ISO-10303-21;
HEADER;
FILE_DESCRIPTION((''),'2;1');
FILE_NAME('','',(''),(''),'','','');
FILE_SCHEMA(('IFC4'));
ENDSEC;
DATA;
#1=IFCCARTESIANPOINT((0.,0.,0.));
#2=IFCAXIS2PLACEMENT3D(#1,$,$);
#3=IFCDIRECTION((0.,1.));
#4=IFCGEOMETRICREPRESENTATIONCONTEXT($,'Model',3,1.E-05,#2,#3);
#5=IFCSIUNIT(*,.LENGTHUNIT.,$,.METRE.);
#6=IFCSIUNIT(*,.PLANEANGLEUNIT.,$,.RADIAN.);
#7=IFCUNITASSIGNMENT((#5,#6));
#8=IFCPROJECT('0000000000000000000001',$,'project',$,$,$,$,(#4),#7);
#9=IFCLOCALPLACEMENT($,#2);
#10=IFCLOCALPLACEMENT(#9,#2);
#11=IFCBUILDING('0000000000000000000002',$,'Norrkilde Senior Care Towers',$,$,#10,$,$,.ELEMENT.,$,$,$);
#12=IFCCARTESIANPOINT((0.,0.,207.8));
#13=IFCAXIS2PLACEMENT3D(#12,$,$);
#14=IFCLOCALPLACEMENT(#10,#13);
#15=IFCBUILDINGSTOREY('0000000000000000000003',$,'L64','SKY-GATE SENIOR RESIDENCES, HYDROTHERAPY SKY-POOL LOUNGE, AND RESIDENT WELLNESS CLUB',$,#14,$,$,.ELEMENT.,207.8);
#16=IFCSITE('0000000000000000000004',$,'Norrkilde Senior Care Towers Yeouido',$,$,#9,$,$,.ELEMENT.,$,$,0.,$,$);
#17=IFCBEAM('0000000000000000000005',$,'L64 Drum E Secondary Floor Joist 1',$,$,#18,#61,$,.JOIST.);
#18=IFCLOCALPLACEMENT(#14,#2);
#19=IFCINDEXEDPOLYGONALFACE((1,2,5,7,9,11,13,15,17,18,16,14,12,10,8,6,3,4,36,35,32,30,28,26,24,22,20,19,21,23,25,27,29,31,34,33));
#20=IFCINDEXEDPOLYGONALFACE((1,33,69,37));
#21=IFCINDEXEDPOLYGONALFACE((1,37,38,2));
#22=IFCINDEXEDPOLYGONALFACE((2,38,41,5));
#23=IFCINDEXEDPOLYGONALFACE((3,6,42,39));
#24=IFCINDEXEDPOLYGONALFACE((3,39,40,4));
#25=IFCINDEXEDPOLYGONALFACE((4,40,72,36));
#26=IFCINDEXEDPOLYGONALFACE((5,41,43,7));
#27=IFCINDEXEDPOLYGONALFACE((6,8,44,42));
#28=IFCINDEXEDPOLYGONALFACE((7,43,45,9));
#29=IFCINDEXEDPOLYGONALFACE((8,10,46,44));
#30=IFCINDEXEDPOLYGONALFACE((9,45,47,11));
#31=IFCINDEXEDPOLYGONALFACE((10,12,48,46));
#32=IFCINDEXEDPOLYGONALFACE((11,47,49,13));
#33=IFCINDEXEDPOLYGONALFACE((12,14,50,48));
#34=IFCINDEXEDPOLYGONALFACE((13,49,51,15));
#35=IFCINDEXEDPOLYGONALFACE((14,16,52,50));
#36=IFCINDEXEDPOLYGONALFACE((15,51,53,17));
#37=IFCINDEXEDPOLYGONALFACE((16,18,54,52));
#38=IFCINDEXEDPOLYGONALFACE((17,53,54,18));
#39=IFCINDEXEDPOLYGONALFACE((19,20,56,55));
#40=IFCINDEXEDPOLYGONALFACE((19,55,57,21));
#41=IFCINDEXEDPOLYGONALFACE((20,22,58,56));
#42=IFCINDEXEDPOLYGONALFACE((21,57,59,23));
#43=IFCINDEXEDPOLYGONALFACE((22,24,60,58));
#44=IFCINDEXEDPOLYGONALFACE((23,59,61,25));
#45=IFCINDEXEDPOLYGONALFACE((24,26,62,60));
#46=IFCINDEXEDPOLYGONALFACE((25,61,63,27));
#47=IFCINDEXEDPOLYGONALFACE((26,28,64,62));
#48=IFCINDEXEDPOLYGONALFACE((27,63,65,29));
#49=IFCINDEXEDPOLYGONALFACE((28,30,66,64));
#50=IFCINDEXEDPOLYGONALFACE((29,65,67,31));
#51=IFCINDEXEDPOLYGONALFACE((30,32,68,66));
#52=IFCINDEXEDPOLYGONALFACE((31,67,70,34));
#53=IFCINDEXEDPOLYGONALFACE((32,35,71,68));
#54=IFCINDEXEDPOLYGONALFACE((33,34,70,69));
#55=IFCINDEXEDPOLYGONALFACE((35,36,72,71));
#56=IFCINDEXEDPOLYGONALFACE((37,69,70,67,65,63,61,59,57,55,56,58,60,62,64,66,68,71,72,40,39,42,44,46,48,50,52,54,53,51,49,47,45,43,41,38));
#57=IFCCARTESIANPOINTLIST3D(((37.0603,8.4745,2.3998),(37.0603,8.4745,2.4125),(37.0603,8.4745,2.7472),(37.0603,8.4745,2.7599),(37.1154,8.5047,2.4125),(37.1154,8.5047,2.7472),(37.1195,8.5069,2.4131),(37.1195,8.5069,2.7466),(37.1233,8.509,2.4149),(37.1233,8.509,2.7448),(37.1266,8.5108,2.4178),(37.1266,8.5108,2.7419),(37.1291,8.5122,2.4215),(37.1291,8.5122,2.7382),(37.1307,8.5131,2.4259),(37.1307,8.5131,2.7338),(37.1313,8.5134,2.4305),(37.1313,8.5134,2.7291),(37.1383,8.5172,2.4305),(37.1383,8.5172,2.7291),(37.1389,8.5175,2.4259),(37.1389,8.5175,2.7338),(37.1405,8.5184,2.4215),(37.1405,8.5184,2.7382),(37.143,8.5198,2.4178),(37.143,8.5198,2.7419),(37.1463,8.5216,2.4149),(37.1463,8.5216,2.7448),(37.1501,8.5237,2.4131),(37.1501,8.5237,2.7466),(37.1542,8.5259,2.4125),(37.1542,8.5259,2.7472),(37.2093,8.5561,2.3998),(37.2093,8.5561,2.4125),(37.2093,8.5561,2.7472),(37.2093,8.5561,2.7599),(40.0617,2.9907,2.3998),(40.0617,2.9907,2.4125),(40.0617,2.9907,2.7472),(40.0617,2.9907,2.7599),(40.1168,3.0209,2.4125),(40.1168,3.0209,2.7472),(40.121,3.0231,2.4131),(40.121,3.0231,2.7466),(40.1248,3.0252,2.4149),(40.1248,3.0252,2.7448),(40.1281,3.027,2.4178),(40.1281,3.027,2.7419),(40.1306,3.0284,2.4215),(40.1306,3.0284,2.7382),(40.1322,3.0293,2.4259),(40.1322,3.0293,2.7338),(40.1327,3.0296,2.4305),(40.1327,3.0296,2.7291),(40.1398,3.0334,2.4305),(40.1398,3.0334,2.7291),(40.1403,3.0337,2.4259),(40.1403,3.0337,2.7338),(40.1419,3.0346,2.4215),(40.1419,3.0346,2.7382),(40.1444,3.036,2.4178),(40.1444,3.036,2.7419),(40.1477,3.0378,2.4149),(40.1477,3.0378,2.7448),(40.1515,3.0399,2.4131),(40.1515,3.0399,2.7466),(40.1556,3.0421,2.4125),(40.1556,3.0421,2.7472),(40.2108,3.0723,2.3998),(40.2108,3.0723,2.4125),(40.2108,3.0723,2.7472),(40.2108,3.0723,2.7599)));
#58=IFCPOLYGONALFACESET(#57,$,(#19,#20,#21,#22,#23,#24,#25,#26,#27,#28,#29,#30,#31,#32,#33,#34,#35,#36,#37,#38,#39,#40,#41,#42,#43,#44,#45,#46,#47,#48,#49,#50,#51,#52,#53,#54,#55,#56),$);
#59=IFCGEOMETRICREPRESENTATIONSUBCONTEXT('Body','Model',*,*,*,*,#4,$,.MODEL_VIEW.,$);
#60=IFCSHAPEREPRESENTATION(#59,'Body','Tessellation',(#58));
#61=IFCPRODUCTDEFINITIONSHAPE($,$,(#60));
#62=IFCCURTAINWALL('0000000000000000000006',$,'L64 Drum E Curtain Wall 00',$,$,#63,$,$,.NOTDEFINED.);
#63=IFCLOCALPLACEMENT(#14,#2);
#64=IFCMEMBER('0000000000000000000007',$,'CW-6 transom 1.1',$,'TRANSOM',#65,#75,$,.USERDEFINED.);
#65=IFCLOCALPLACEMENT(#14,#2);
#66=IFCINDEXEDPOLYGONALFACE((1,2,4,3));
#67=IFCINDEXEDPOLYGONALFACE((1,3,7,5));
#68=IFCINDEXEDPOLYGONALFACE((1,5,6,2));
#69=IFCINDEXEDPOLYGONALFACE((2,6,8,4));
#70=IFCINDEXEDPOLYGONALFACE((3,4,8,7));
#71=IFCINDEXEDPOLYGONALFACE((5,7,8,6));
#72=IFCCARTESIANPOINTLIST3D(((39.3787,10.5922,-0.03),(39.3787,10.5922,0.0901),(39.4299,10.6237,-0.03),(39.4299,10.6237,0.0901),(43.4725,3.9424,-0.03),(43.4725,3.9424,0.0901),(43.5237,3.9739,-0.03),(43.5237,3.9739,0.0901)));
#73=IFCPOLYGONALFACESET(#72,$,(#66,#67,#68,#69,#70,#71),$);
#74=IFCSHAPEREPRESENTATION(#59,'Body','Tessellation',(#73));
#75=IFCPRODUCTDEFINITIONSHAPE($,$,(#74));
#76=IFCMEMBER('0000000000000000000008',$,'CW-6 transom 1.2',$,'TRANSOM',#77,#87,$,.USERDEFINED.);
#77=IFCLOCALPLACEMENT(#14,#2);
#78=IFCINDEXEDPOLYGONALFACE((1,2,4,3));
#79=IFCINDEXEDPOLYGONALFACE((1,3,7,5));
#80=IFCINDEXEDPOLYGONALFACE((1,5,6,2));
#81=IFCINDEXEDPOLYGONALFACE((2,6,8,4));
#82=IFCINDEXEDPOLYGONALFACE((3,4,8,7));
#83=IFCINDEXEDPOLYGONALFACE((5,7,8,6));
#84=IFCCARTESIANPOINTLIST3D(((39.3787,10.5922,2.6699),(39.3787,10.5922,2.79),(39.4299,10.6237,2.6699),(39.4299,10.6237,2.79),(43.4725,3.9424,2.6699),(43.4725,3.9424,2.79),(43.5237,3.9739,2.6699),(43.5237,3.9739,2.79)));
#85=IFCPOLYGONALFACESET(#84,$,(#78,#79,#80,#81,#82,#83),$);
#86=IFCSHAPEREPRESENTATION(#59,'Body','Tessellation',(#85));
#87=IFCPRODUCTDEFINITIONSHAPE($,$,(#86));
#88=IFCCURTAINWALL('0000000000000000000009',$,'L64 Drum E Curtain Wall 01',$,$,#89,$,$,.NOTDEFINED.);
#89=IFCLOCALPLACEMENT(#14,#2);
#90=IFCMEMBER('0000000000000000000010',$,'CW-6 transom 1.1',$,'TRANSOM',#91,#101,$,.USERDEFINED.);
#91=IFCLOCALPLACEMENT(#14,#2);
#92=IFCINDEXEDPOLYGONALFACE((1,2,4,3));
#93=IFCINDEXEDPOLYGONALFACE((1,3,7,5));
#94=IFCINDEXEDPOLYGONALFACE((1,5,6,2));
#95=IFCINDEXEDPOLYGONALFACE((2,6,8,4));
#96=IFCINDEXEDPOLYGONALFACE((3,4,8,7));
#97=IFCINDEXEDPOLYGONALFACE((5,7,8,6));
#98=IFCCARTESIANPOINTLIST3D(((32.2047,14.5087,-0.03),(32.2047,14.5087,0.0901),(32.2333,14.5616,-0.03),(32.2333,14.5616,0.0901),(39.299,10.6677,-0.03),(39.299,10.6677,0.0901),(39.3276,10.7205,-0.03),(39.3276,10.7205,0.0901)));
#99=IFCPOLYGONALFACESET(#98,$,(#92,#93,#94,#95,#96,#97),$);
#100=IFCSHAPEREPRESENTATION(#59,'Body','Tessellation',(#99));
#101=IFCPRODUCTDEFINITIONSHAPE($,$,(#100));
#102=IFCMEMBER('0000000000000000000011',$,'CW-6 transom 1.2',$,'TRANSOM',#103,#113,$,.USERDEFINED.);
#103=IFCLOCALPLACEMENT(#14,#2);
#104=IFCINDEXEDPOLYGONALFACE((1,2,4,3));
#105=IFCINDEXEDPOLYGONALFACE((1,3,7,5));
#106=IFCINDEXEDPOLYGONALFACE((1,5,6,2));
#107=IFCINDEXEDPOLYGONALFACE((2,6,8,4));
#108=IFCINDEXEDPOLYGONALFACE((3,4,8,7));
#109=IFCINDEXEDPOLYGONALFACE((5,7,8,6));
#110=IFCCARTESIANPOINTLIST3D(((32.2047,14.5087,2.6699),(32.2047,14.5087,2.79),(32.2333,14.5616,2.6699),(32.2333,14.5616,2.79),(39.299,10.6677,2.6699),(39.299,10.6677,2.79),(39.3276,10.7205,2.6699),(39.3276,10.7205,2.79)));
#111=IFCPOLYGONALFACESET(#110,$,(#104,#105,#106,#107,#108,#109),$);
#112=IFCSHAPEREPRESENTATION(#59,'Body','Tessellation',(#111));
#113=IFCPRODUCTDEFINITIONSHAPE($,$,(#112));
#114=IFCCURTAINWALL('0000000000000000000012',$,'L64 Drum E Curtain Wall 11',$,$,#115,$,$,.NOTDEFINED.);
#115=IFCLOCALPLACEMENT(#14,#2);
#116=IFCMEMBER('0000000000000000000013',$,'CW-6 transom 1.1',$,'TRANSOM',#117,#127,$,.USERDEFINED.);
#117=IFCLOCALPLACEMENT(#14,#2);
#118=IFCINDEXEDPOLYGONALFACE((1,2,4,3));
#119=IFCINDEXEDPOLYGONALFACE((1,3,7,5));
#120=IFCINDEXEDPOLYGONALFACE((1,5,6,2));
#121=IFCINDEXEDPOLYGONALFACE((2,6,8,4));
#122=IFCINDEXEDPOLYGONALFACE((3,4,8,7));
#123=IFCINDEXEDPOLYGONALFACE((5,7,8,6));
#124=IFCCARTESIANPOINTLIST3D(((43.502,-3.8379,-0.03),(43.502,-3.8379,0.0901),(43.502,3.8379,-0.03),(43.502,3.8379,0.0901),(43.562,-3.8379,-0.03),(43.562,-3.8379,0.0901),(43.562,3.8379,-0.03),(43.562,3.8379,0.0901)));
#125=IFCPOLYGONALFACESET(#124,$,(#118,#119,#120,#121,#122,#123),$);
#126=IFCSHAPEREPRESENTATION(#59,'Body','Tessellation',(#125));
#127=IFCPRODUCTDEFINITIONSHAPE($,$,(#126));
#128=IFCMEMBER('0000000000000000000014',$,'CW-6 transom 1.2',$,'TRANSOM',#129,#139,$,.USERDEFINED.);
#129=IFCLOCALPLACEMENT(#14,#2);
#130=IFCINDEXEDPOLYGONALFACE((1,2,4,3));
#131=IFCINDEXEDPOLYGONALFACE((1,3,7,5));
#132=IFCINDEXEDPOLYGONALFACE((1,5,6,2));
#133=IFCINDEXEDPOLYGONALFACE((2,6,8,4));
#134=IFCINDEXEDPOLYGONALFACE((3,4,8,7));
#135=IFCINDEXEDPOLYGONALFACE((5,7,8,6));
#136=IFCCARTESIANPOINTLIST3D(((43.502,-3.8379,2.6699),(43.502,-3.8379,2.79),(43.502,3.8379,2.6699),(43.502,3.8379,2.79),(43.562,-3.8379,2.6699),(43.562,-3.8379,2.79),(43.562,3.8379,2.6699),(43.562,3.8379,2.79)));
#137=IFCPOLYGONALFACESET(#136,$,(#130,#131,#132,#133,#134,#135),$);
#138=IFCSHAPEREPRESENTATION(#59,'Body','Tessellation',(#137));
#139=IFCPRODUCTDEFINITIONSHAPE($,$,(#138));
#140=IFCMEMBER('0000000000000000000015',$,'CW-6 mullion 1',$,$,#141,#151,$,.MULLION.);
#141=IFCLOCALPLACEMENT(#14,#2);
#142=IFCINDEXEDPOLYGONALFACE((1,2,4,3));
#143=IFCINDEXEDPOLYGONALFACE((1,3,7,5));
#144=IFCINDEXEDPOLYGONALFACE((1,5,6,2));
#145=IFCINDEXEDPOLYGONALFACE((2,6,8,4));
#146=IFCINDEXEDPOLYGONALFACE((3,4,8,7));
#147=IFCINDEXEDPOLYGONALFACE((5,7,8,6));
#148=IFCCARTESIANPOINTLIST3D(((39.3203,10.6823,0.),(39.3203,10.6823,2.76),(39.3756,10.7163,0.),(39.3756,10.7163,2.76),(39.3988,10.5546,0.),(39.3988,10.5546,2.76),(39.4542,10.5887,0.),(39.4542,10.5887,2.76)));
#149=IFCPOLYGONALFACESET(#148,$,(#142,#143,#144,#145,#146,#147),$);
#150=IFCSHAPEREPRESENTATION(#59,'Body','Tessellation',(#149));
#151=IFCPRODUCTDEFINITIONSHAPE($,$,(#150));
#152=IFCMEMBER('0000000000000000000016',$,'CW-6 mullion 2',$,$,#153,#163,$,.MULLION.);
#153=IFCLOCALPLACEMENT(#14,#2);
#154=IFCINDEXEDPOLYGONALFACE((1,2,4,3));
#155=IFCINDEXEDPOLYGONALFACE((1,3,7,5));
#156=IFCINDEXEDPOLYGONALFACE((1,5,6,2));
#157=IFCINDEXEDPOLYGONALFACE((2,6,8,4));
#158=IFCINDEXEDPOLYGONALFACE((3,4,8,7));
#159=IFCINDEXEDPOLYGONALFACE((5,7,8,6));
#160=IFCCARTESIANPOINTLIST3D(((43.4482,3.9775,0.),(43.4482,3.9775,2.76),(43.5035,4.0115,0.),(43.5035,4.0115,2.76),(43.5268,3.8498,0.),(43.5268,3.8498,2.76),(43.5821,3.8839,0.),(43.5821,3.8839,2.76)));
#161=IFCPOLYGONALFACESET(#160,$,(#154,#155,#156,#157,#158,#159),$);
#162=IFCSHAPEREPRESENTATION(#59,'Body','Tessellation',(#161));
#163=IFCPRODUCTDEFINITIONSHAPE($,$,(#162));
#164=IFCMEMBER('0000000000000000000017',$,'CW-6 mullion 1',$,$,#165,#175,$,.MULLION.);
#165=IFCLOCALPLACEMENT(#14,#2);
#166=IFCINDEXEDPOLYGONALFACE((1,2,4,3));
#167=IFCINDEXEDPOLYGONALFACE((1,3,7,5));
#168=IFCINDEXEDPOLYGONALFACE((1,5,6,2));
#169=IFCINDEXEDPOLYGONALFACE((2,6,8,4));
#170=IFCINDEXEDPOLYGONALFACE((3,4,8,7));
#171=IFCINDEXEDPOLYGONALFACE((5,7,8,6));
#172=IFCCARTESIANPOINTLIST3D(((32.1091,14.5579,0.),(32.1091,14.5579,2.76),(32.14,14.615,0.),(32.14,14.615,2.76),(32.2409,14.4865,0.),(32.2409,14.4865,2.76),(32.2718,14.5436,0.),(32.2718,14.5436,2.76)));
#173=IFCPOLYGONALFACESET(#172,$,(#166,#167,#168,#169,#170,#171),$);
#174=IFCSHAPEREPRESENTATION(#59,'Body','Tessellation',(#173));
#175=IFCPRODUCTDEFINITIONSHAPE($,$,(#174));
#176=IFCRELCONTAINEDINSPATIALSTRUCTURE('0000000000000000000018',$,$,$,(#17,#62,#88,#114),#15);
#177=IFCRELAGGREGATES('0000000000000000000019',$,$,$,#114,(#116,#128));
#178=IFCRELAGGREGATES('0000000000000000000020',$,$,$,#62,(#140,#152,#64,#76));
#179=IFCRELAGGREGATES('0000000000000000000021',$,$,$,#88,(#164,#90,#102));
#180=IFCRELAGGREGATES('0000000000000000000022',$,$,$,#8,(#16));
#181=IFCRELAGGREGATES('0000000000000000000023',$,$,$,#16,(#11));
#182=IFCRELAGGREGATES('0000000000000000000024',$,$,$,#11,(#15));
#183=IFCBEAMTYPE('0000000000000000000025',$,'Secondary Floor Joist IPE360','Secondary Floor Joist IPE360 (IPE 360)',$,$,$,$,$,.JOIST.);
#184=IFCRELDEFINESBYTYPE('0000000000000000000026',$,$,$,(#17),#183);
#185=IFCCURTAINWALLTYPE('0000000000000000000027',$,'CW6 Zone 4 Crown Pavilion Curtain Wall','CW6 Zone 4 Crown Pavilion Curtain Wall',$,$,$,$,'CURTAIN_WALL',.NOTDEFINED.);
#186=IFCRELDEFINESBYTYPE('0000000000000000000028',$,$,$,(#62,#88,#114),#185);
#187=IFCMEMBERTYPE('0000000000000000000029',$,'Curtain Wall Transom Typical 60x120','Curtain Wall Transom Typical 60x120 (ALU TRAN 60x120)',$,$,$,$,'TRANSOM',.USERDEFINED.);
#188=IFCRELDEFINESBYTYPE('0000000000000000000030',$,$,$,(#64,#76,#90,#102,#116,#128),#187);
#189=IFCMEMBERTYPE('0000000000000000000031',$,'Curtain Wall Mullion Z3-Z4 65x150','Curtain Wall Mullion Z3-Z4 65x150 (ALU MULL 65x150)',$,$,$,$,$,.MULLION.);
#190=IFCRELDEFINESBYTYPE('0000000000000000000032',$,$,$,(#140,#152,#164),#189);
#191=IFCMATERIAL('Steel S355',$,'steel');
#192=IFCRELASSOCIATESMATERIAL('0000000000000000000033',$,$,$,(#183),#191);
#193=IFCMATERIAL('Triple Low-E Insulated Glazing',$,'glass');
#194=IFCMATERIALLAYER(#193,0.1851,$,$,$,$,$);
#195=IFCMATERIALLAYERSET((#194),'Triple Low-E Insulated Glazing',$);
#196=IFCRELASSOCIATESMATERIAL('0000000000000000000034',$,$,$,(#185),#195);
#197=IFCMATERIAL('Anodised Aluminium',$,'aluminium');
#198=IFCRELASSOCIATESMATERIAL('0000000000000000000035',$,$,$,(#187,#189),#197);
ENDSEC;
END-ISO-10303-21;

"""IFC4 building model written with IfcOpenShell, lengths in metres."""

from ifc_helpers import new_model, si_unit, direction, frame, origin, origin_2d, place, context, subcontext, project, spatial, rectangle, i_section, extrude, source, transform, mapped, material, layer, layer_set, material_profile, profile_set, type_object, type_shapes, element, aggregate, save


model = new_model("IFC4")

# Units and contexts
model_context = context("Model", 3, precision=1e-05, world=origin(), true_north=direction((0.0, 1.0)))
body_context = subcontext(model_context, "Body", "Model", "MODEL_VIEW")
ifc_project = project(units=[si_unit("LENGTHUNIT", "METRE"), si_unit("PLANEANGLEUNIT", "RADIAN")], contexts=[model_context])

# Site, building, storey
site_placement = place(None, origin())
site = spatial("IfcSite", under=ifc_project, at=site_placement, Name="Norrkilde Senior Care Towers Yeouido", CompositionType="ELEMENT", RefElevation=0.0)
building_placement = place(site_placement, origin())
building = spatial("IfcBuilding", under=site, at=building_placement, Name="Norrkilde Senior Care Towers", CompositionType="ELEMENT")
storey_placement = place(building_placement, frame((0.0, 0.0, 207.8)))
storey = spatial("IfcBuildingStorey", under=building, at=storey_placement, Name="L64", Description="SKY-GATE SENIOR RESIDENCES, HYDROTHERAPY SKY-POOL LOUNGE, AND RESIDENT WELLNESS CLUB", CompositionType="ELEMENT", Elevation=207.8)

# Beam
ifc_material_1 = material(Name="Steel S355", Category="steel")
ifc_material_profile_1 = material_profile(ifc_material_1, i_section(OverallWidth=0.1699, OverallDepth=0.3601, WebThickness=0.0081, FlangeThickness=0.0127, FilletRadius=0.0181, at=origin_2d()), Name="IPE 360")
ifc_profile_set_1 = profile_set([ifc_material_profile_1], Name="Steel S355")
beam_type_1 = type_object("IfcBeamType", Name="Secondary Floor Joist IPE360", Description="Secondary Floor Joist IPE360 (IPE 360)", PredefinedType="JOIST", material=ifc_profile_set_1)
shared_shape_1 = source(origin(), body_context, "Body", "SweptSolid", [
    extrude(i_section(OverallWidth=0.1699, OverallDepth=0.3601, WebThickness=0.0081, FlangeThickness=0.0127, FilletRadius=0.0181, at=origin_2d()), origin(), (0.0, 0.0, 1.0), 6.2515),
])
type_shapes(beam_type_1, [shared_shape_1])
beam_1_placement = place(storey_placement, frame((40.1362, 3.0315, 2.5798), z_axis=(-0.480116, 0.877205, 0.0), x_axis=(-0.877205, -0.480116, 0.0)))
element("IfcBeam", 1, at=beam_1_placement, inside=storey, type_object=beam_type_1, Name="L64 Drum E Secondary Floor Joist 1", PredefinedType="JOIST", context=body_context, shape_type="MappedRepresentation", body=[
    mapped(shared_shape_1, transform((0.0, 0.0, 0.0), x_axis=(1.0, 0.0, 0.0), y_axis=(0.0, 1.0, 0.0), z_axis=(0.0, 0.0, 1.0), scale=1.0)),
])

# Curtain walls, members
ifc_material_2 = material(Name="Triple Low-E Insulated Glazing", Category="glass")
ifc_layer_1 = layer(ifc_material_2, 0.1851)
ifc_layer_set_1 = layer_set([ifc_layer_1], Name="Triple Low-E Insulated Glazing")
curtain_wall_type = type_object("IfcCurtainWallType", Name="CW6 Zone 4 Crown Pavilion Curtain Wall", Description="CW6 Zone 4 Crown Pavilion Curtain Wall", ElementType="CURTAIN_WALL", PredefinedType="NOTDEFINED", material=ifc_layer_set_1)
curtain_wall_1_placement = place(storey_placement, origin())
curtain_wall_1 = element("IfcCurtainWall", 2, at=curtain_wall_1_placement, inside=storey, type_object=curtain_wall_type, Name="L64 Drum E Curtain Wall 00", PredefinedType="NOTDEFINED")
ifc_material_3 = material(Name="Anodised Aluminium", Category="aluminium")
ifc_material_profile_2 = material_profile(ifc_material_3, rectangle(XDim=0.0601, YDim=0.1201, at=origin_2d()), Name="ALU TRAN 60x120")
ifc_profile_set_2 = profile_set([ifc_material_profile_2], Name="Anodised Aluminium")
member_type_1 = type_object("IfcMemberType", Name="Curtain Wall Transom Typical 60x120", Description="Curtain Wall Transom Typical 60x120 (ALU TRAN 60x120)", ElementType="TRANSOM", PredefinedType="USERDEFINED", material=ifc_profile_set_2)
shared_shape_2 = source(origin(), body_context, "Body", "SweptSolid", [
    extrude(rectangle(XDim=0.0601, YDim=0.1201, at=origin_2d()), origin(), (0.0, 0.0, 1.0), 7.8088),
])
member_1_placement = place(storey_placement, frame((39.4043, 10.6079, 0.03), z_axis=(0.524251, -0.851564, 0.0), x_axis=(0.851564, 0.524251, 0.0)))
member_1 = element("IfcMember", 3, at=member_1_placement, type_object=member_type_1, Name="CW-6 transom 1.1", ObjectType="TRANSOM", PredefinedType="USERDEFINED", context=body_context, shape_type="MappedRepresentation", body=[
    mapped(shared_shape_2, transform((0.0, 0.0, 0.0), x_axis=(1.0, 0.0, 0.0), y_axis=(0.0, 1.0, 0.0), z_axis=(0.0, 0.0, 1.0), scale=1.0)),
])
member_2_placement = place(storey_placement, frame((39.4043, 10.6079, 2.73), z_axis=(0.524251, -0.851564, 0.0), x_axis=(0.851564, 0.524251, 0.0)))
member_2 = element("IfcMember", 4, at=member_2_placement, type_object=member_type_1, Name="CW-6 transom 1.2", ObjectType="TRANSOM", PredefinedType="USERDEFINED", context=body_context, shape_type="MappedRepresentation", body=[
    mapped(shared_shape_2, transform((0.0, 0.0, 0.0), x_axis=(1.0, 0.0, 0.0), y_axis=(0.0, 1.0, 0.0), z_axis=(0.0, 0.0, 1.0), scale=1.0)),
])
curtain_wall_2_placement = place(storey_placement, origin())
curtain_wall_2 = element("IfcCurtainWall", 5, at=curtain_wall_2_placement, inside=storey, type_object=curtain_wall_type, Name="L64 Drum E Curtain Wall 01", PredefinedType="NOTDEFINED")
shared_shape_3 = source(origin(), body_context, "Body", "SweptSolid", [
    extrude(rectangle(XDim=0.0601, YDim=0.1201, at=origin_2d()), origin(), (0.0, 0.0, 1.0), 8.0674),
])
member_3_placement = place(storey_placement, frame((32.219, 14.5352, 0.03), z_axis=(0.879378, -0.476125, 0.0), x_axis=(0.476125, 0.879378, 0.0)))
member_3 = element("IfcMember", 6, at=member_3_placement, type_object=member_type_1, Name="CW-6 transom 1.1", ObjectType="TRANSOM", PredefinedType="USERDEFINED", context=body_context, shape_type="MappedRepresentation", body=[
    mapped(shared_shape_3, transform((0.0, 0.0, 0.0), x_axis=(1.0, 0.0, 0.0), y_axis=(0.0, 1.0, 0.0), z_axis=(0.0, 0.0, 1.0), scale=1.0)),
])
member_4_placement = place(storey_placement, frame((32.219, 14.5352, 2.73), z_axis=(0.879378, -0.476125, 0.0), x_axis=(0.476125, 0.879378, 0.0)))
member_4 = element("IfcMember", 7, at=member_4_placement, type_object=member_type_1, Name="CW-6 transom 1.2", ObjectType="TRANSOM", PredefinedType="USERDEFINED", context=body_context, shape_type="MappedRepresentation", body=[
    mapped(shared_shape_3, transform((0.0, 0.0, 0.0), x_axis=(1.0, 0.0, 0.0), y_axis=(0.0, 1.0, 0.0), z_axis=(0.0, 0.0, 1.0), scale=1.0)),
])
curtain_wall_3_placement = place(storey_placement, origin())
curtain_wall_3 = element("IfcCurtainWall", 8, at=curtain_wall_3_placement, inside=storey, type_object=curtain_wall_type, Name="L64 Drum E Curtain Wall 11", PredefinedType="NOTDEFINED")
shared_shape_4 = source(origin(), body_context, "Body", "SweptSolid", [
    extrude(rectangle(XDim=0.0601, YDim=0.1201, at=origin_2d()), origin(), (0.0, 0.0, 1.0), 7.6758),
])
type_shapes(member_type_1, [shared_shape_2, shared_shape_3, shared_shape_4])
member_5_placement = place(storey_placement, frame((43.532, 3.8379, 0.03), z_axis=(0.0, -1.0, 0.0), x_axis=(1.0, 0.0, 0.0)))
member_5 = element("IfcMember", 9, at=member_5_placement, type_object=member_type_1, Name="CW-6 transom 1.1", ObjectType="TRANSOM", PredefinedType="USERDEFINED", context=body_context, shape_type="MappedRepresentation", body=[
    mapped(shared_shape_4, transform((0.0, 0.0, 0.0), x_axis=(1.0, 0.0, 0.0), y_axis=(0.0, 1.0, 0.0), z_axis=(0.0, 0.0, 1.0), scale=1.0)),
])
member_6_placement = place(storey_placement, frame((43.532, 3.8379, 2.73), z_axis=(0.0, -1.0, 0.0), x_axis=(1.0, 0.0, 0.0)))
member_6 = element("IfcMember", 10, at=member_6_placement, type_object=member_type_1, Name="CW-6 transom 1.2", ObjectType="TRANSOM", PredefinedType="USERDEFINED", context=body_context, shape_type="MappedRepresentation", body=[
    mapped(shared_shape_4, transform((0.0, 0.0, 0.0), x_axis=(1.0, 0.0, 0.0), y_axis=(0.0, 1.0, 0.0), z_axis=(0.0, 0.0, 1.0), scale=1.0)),
])

# Members
ifc_material_profile_3 = material_profile(ifc_material_3, rectangle(XDim=0.0649, YDim=0.1499, at=origin_2d()), Name="ALU MULL 65x150")
ifc_profile_set_3 = profile_set([ifc_material_profile_3], Name="Anodised Aluminium")
member_type_2 = type_object("IfcMemberType", Name="Curtain Wall Mullion Z3-Z4 65x150", Description="Curtain Wall Mullion Z3-Z4 65x150 (ALU MULL 65x150)", PredefinedType="MULLION", material=ifc_profile_set_3)
shared_shape_5 = source(origin(), body_context, "Body", "SweptSolid", [
    extrude(rectangle(XDim=0.0649, YDim=0.1499, at=origin_2d()), origin(), (0.0, 0.0, 1.0), 2.76),
])
type_shapes(member_type_2, [shared_shape_5])
member_7_placement = place(storey_placement, frame((39.3872, 10.6355, 0.0), z_axis=(0.0, 0.0, 1.0), x_axis=(0.851563, 0.524253, 0.0)))
member_7 = element("IfcMember", 11, at=member_7_placement, type_object=member_type_2, Name="CW-6 mullion 1", PredefinedType="MULLION", context=body_context, shape_type="MappedRepresentation", body=[
    mapped(shared_shape_5, transform((0.0, 0.0, 0.0), x_axis=(1.0, 0.0, 0.0), y_axis=(0.0, 1.0, 0.0), z_axis=(0.0, 0.0, 1.0), scale=1.0)),
])
member_8_placement = place(storey_placement, frame((43.5151, 3.9307, 0.0), z_axis=(0.0, 0.0, 1.0), x_axis=(0.851563, 0.524253, 0.0)))
member_8 = element("IfcMember", 12, at=member_8_placement, type_object=member_type_2, Name="CW-6 mullion 2", PredefinedType="MULLION", context=body_context, shape_type="MappedRepresentation", body=[
    mapped(shared_shape_5, transform((0.0, 0.0, 0.0), x_axis=(1.0, 0.0, 0.0), y_axis=(0.0, 1.0, 0.0), z_axis=(0.0, 0.0, 1.0), scale=1.0)),
])
member_9_placement = place(storey_placement, frame((32.1904, 14.5508, 0.0), z_axis=(0.0, 0.0, 1.0), x_axis=(0.476133, 0.879373, 0.0)))
member_9 = element("IfcMember", 13, at=member_9_placement, type_object=member_type_2, Name="CW-6 mullion 1", PredefinedType="MULLION", context=body_context, shape_type="MappedRepresentation", body=[
    mapped(shared_shape_5, transform((0.0, 0.0, 0.0), x_axis=(1.0, 0.0, 0.0), y_axis=(0.0, 1.0, 0.0), z_axis=(0.0, 0.0, 1.0), scale=1.0)),
])
aggregate(curtain_wall_3, [member_5, member_6])

aggregate(curtain_wall_1, [member_7, member_8, member_1, member_2])
aggregate(curtain_wall_2, [member_9, member_3, member_4])

save(model, "model.ifc")
